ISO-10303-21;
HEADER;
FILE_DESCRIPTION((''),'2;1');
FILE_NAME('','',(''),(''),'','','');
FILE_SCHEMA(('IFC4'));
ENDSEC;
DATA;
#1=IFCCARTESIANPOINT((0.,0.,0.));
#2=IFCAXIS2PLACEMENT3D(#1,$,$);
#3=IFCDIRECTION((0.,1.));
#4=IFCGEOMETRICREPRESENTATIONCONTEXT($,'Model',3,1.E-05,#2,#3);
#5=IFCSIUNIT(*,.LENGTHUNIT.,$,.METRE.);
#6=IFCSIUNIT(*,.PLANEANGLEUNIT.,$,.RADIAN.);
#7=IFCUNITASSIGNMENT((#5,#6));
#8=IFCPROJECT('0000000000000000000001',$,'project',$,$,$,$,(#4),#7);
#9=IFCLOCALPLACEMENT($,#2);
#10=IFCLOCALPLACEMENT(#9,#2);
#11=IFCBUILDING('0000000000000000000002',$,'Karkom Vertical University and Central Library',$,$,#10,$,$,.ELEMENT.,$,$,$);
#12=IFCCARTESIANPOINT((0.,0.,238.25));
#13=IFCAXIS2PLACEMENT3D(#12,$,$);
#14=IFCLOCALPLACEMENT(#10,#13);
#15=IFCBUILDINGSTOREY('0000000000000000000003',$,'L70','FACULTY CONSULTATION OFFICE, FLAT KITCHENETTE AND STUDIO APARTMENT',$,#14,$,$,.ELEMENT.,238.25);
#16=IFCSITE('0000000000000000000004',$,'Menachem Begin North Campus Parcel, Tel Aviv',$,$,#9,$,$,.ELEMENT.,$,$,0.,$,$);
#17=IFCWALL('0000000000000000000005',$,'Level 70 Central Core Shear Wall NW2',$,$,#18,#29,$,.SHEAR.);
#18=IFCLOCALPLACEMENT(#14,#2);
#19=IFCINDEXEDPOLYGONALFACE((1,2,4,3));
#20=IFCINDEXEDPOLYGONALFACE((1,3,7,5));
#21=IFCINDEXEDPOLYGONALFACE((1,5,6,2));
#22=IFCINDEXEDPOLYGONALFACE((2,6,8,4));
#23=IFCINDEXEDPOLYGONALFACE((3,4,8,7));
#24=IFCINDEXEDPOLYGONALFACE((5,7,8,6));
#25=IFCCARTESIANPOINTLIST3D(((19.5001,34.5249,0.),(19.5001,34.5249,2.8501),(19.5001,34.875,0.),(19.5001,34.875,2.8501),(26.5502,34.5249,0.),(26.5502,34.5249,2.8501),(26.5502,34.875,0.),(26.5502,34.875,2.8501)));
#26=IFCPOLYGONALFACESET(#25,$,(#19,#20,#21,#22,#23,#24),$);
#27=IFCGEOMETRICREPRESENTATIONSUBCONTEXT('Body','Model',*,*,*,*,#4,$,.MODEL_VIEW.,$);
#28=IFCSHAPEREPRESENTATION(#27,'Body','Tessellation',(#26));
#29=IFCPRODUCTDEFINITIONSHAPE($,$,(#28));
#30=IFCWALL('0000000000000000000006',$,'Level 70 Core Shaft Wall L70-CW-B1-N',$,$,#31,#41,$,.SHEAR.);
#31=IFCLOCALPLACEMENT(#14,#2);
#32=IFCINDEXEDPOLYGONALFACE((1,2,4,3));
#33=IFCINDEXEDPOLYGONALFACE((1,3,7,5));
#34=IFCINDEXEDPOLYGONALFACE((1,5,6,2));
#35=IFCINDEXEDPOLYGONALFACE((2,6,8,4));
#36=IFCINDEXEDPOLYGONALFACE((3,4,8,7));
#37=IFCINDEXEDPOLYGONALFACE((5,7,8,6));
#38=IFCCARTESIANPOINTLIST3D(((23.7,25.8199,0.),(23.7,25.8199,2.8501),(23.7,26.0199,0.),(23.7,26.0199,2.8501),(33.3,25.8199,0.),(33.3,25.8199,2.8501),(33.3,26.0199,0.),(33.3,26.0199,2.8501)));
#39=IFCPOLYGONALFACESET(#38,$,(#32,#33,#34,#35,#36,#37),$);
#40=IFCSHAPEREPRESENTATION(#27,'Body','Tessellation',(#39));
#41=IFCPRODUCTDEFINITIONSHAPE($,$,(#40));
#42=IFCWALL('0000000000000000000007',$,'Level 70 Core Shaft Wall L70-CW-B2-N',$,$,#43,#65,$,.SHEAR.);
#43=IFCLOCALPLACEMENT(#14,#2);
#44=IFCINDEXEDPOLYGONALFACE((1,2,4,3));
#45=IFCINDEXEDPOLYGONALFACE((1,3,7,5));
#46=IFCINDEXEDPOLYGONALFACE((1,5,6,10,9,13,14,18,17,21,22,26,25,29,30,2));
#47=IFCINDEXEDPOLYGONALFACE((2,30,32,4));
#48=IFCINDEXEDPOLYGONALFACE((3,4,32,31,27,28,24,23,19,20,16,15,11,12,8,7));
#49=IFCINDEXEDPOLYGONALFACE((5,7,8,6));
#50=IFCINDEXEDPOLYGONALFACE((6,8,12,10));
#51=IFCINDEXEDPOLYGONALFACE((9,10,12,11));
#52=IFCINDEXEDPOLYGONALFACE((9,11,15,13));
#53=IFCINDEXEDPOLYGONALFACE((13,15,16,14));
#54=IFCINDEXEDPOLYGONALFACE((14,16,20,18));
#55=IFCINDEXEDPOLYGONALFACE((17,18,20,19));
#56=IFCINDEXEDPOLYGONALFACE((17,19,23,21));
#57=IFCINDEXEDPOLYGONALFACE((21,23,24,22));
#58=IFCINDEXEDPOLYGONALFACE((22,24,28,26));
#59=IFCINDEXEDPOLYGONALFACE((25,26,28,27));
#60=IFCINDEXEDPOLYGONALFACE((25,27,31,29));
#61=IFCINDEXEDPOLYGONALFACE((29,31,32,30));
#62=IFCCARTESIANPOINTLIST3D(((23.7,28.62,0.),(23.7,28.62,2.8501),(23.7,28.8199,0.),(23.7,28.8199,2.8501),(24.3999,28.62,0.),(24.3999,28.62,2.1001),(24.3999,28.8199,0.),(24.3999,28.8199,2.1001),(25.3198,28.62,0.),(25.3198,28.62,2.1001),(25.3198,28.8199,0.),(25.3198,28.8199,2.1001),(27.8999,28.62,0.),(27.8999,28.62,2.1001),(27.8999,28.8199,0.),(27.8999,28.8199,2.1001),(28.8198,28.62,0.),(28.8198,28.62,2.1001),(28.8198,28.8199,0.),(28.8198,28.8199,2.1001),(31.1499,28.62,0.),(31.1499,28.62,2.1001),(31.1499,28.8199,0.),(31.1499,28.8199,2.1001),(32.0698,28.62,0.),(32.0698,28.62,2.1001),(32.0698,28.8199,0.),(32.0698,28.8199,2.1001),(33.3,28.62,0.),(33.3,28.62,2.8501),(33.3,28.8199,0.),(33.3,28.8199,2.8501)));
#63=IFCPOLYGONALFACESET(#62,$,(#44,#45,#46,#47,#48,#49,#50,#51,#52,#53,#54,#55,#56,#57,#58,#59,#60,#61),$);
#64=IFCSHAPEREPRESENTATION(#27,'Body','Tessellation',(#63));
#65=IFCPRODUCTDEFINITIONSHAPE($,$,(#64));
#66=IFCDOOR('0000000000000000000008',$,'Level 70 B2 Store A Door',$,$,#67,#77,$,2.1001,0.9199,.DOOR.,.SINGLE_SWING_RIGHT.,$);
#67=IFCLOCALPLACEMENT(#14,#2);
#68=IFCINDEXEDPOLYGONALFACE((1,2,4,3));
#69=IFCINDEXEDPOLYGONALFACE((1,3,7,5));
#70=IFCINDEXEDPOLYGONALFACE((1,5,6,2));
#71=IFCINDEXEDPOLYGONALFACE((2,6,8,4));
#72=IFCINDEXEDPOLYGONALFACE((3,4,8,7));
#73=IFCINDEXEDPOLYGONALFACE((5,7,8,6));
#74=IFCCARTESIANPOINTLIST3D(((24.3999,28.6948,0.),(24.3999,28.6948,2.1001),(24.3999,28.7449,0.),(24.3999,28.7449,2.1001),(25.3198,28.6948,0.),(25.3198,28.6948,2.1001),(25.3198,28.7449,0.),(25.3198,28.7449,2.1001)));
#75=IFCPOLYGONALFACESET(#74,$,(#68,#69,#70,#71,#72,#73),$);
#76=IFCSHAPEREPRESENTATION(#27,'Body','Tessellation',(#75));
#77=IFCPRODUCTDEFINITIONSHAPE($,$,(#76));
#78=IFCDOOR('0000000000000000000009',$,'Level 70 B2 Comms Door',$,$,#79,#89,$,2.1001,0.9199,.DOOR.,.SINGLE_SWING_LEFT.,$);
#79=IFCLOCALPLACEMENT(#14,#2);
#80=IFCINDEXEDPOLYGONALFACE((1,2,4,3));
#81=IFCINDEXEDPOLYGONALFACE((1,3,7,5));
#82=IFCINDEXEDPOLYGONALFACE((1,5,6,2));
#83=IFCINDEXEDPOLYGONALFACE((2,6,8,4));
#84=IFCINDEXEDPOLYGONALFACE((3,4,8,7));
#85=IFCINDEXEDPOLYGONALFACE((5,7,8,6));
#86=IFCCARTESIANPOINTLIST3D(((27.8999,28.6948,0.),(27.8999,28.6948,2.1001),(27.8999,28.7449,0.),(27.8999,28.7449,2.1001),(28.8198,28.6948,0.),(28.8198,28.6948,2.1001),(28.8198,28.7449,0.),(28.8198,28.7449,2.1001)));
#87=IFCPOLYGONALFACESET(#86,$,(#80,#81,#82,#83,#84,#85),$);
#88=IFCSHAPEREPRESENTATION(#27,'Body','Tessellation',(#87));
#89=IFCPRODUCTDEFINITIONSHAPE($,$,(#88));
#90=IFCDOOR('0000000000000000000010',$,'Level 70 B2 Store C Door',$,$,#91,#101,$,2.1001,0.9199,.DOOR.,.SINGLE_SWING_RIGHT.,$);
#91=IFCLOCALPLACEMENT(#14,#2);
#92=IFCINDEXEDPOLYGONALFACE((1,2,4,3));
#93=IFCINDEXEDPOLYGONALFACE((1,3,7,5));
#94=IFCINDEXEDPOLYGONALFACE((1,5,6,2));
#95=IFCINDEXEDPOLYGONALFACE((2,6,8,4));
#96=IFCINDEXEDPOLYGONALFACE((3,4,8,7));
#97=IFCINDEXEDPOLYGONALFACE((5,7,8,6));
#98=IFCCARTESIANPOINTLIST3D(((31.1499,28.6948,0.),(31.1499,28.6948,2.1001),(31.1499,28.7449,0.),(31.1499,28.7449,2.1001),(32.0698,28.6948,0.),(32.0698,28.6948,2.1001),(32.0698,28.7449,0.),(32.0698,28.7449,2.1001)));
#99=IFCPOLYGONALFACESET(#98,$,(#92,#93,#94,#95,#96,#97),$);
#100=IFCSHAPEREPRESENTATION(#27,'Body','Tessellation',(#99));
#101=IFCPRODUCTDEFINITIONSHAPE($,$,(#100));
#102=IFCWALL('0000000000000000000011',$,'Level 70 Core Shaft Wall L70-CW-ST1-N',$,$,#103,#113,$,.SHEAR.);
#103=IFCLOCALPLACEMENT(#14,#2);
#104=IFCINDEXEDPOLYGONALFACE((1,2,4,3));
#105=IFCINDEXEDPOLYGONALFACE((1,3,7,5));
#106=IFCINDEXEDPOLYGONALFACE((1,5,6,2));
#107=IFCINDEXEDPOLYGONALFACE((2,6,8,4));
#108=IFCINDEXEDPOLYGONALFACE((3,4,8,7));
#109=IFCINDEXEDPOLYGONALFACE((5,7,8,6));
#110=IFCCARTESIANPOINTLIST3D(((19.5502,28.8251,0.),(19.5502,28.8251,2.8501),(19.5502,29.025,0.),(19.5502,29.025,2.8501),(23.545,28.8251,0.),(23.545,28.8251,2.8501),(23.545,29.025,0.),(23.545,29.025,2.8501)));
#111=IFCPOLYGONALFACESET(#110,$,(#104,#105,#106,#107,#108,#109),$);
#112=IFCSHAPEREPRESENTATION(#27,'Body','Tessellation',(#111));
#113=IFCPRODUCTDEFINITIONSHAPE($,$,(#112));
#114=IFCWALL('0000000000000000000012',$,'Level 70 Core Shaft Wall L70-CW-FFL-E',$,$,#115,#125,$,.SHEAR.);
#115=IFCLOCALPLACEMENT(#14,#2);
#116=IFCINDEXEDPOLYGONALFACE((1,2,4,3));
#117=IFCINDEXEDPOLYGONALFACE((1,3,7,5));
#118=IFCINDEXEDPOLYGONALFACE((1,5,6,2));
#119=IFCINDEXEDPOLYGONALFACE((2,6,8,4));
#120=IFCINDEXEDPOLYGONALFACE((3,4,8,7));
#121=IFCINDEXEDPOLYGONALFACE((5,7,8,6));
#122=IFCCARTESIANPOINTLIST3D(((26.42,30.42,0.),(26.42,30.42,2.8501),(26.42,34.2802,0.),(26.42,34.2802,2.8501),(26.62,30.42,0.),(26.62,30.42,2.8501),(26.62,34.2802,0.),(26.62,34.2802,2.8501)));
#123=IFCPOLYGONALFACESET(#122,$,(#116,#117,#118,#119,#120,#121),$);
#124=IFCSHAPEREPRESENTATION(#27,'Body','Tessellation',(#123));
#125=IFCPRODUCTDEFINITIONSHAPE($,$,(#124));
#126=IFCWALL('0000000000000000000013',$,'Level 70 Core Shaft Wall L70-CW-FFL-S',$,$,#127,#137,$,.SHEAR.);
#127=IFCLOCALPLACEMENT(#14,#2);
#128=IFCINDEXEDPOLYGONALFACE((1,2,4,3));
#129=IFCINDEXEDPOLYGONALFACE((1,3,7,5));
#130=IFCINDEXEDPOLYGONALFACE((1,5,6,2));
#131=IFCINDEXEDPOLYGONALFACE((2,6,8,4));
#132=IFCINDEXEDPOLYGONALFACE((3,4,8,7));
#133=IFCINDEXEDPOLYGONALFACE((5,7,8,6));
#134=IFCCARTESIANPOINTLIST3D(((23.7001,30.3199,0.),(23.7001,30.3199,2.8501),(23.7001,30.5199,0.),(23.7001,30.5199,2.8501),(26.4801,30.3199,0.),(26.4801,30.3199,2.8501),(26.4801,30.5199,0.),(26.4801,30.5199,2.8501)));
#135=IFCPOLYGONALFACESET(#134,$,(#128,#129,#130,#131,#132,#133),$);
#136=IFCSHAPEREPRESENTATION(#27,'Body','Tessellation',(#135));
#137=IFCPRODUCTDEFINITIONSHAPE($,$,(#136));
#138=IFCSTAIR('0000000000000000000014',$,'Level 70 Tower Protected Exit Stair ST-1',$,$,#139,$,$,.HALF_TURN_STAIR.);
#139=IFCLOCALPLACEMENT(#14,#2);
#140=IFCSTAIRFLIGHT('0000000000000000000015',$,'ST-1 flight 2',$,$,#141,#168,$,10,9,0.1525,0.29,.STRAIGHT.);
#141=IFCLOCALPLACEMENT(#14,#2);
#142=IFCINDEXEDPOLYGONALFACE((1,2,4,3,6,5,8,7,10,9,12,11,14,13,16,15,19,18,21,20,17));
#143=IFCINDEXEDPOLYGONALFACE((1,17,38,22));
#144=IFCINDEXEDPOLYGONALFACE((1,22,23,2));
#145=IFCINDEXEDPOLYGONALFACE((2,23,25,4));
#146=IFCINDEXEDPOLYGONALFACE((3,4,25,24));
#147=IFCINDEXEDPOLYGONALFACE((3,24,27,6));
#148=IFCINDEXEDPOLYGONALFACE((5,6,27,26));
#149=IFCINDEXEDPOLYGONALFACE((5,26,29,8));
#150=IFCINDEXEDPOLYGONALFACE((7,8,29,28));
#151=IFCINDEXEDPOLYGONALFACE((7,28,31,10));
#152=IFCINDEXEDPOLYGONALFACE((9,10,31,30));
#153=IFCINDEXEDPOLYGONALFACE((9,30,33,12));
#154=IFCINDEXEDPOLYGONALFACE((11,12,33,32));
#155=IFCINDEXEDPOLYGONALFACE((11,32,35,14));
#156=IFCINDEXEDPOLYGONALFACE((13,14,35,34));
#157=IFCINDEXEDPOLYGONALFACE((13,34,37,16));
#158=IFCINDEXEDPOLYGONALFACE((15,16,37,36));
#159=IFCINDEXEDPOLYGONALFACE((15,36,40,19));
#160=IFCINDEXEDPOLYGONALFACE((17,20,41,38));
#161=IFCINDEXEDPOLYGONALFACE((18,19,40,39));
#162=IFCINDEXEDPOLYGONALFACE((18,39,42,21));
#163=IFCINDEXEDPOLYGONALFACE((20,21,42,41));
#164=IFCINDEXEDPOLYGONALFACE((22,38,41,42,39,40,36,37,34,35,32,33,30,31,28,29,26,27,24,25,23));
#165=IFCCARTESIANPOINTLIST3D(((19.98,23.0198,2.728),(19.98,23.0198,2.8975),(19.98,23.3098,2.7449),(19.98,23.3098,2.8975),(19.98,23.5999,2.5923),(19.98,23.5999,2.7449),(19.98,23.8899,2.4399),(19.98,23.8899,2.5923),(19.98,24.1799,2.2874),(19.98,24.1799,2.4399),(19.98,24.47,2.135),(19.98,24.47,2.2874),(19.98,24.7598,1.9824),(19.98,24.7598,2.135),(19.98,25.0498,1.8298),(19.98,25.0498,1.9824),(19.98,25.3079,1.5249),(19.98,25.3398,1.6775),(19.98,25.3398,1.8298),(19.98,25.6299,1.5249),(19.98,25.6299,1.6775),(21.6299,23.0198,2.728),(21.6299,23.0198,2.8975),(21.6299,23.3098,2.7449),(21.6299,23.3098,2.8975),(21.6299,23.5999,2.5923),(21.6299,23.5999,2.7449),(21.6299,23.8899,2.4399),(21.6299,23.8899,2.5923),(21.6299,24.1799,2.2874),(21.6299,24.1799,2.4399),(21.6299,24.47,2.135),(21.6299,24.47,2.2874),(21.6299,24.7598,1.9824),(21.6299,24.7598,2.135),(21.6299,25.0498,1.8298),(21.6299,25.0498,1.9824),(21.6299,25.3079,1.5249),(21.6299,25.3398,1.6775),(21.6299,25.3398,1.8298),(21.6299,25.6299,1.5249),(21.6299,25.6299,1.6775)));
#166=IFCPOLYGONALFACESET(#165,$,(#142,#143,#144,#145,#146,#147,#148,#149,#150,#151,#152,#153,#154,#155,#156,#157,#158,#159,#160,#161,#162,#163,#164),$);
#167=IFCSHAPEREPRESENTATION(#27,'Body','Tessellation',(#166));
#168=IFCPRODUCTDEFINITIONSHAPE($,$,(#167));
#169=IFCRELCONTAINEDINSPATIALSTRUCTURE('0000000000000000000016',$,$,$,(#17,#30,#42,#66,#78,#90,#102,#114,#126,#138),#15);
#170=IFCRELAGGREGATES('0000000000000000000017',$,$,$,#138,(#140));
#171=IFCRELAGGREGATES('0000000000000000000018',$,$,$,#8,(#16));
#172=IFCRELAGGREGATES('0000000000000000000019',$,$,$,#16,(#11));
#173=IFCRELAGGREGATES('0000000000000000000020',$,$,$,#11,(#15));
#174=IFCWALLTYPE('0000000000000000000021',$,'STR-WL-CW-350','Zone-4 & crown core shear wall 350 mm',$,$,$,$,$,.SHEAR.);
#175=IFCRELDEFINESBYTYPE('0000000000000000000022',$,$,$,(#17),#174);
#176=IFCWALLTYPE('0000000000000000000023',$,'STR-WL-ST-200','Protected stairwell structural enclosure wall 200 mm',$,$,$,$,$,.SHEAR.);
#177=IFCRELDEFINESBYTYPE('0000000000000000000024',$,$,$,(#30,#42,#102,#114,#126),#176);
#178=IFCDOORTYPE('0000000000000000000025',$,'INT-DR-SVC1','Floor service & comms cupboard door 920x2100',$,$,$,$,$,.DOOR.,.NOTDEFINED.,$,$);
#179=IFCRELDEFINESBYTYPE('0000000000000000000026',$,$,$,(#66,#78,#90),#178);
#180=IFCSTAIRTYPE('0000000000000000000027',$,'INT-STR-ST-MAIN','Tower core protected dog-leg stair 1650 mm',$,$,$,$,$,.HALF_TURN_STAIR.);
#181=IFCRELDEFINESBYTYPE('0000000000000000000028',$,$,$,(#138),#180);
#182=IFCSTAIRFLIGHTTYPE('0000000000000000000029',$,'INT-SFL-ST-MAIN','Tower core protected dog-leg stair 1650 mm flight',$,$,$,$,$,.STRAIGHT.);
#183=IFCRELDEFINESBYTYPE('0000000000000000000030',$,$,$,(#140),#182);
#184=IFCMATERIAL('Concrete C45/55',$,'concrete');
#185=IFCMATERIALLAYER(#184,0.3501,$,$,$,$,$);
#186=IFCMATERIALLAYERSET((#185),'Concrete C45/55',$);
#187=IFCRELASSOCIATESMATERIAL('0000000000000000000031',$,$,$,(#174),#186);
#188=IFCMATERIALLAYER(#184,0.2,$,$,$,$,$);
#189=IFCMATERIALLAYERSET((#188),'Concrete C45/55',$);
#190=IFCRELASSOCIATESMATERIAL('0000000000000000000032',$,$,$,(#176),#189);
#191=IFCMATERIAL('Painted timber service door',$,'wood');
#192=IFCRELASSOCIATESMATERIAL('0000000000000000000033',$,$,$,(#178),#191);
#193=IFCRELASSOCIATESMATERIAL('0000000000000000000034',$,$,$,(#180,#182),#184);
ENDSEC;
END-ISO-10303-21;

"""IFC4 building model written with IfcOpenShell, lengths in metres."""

from ifc_helpers import new_model, si_unit, direction, frame, frame_2d, origin, origin_with_axes, place, context, subcontext, project, spatial, polyline, rectangle, outline, extrude, source, transform, mapped, material, layer, layer_set, type_object, element, fill, aggregate, save


model = new_model("IFC4")

# Units and contexts
model_context = context("Model", 3, precision=1e-05, world=origin(), true_north=direction((0.0, 1.0)))
body_context = subcontext(model_context, "Body", "Model", "MODEL_VIEW")
ifc_project = project(units=[si_unit("LENGTHUNIT", "METRE"), si_unit("PLANEANGLEUNIT", "RADIAN")], contexts=[model_context])

# Site, building, storey
site_placement = place(None, origin())
site = spatial("IfcSite", under=ifc_project, at=site_placement, Name="Menachem Begin North Campus Parcel, Tel Aviv", CompositionType="ELEMENT", RefElevation=0.0)
building_placement = place(site_placement, origin())
building = spatial("IfcBuilding", under=site, at=building_placement, Name="Karkom Vertical University and Central Library", CompositionType="ELEMENT")
storey_placement = place(building_placement, frame((0.0, 0.0, 238.25)))
storey = spatial("IfcBuildingStorey", under=building, at=storey_placement, Name="L70", Description="FACULTY CONSULTATION OFFICE, FLAT KITCHENETTE AND STUDIO APARTMENT", CompositionType="ELEMENT", Elevation=238.25)

# Shared definitions
ifc_material_1 = material(Name="Concrete C45/55", Category="concrete")

# Walls
ifc_layer_1 = layer(ifc_material_1, 0.3501)
ifc_layer_set_1 = layer_set([ifc_layer_1], Name="Concrete C45/55")
wall_type_1 = type_object("IfcWallType", Name="STR-WL-CW-350", Description="Zone-4 & crown core shear wall 350 mm", PredefinedType="SHEAR", material=ifc_layer_set_1)
wall_1_placement = place(storey_placement, frame((26.55, 34.7, 0.0), z_axis=(0.0, 0.0, 1.0), x_axis=(-1.0, 0.0, 0.0)))
element("IfcWall", 1, at=wall_1_placement, inside=storey, type_object=wall_type_1, Name="Level 70 Central Core Shear Wall NW2", PredefinedType="SHEAR", context=body_context, shape_type="SweptSolid", body=[
    extrude(rectangle(XDim=7.05, YDim=0.3501, at=frame_2d((3.5249, 0.0))), origin(), (0.0, 0.0, 1.0), 2.8501),
])
ifc_layer_2 = layer(ifc_material_1, 0.2)
ifc_layer_set_2 = layer_set([ifc_layer_2], Name="Concrete C45/55")
wall_type_2 = type_object("IfcWallType", Name="STR-WL-ST-200", Description="Protected stairwell structural enclosure wall 200 mm", PredefinedType="SHEAR", material=ifc_layer_set_2)
wall_2_placement = place(storey_placement, frame((23.7, 25.9199, 0.0), z_axis=(0.0, 0.0, 1.0), x_axis=(1.0, 0.0, 0.0)))
element("IfcWall", 2, at=wall_2_placement, inside=storey, type_object=wall_type_2, Name="Level 70 Core Shaft Wall L70-CW-B1-N", PredefinedType="SHEAR", context=body_context, shape_type="SweptSolid", body=[
    extrude(rectangle(XDim=9.6001, YDim=0.2, at=frame_2d((4.8, 0.0))), origin(), (0.0, 0.0, 1.0), 2.8501),
])

# Wall, openings, doors
wall_3_placement = place(storey_placement, frame((23.7, 28.72, 0.0), z_axis=(0.0, 0.0, 1.0), x_axis=(1.0, 0.0, 0.0)))
wall_3 = element("IfcWall", 3, at=wall_3_placement, inside=storey, type_object=wall_type_2, Name="Level 70 Core Shaft Wall L70-CW-B2-N", PredefinedType="SHEAR", context=body_context, shape_type="SweptSolid", body=[
    extrude(rectangle(XDim=9.6001, YDim=0.2, at=frame_2d((4.8, 0.0))), origin(), (0.0, 0.0, 1.0), 2.8501),
])
opening_1_placement = place(wall_3_placement, frame((0.7, 0.0, 0.0)))
opening_1 = element("IfcOpeningElement", 4, at=opening_1_placement, cuts=wall_3, PredefinedType="OPENING", context=body_context, shape_type="SweptSolid", body=[
    extrude(rectangle(XDim=0.9199, YDim=2.1001, at=frame_2d((0.46, 1.05))), frame((0.0, 0.1099, 0.0), z_axis=(0.0, -1.0, 0.0), x_axis=(1.0, 0.0, 0.0)), (0.0, 0.0, 1.0), 0.22),
])
opening_2_placement = place(wall_3_placement, frame((4.2, 0.0, 0.0)))
opening_2 = element("IfcOpeningElement", 5, at=opening_2_placement, cuts=wall_3, PredefinedType="OPENING", context=body_context, shape_type="SweptSolid", body=[
    extrude(rectangle(XDim=0.9199, YDim=2.1001, at=frame_2d((0.46, 1.05))), frame((0.0, 0.1099, 0.0), z_axis=(0.0, -1.0, 0.0), x_axis=(1.0, 0.0, 0.0)), (0.0, 0.0, 1.0), 0.22),
])
opening_3_placement = place(wall_3_placement, frame((7.45, 0.0, 0.0)))
opening_3 = element("IfcOpeningElement", 6, at=opening_3_placement, cuts=wall_3, PredefinedType="OPENING", context=body_context, shape_type="SweptSolid", body=[
    extrude(rectangle(XDim=0.9199, YDim=2.1001, at=frame_2d((0.46, 1.05))), frame((0.0, 0.1099, 0.0), z_axis=(0.0, -1.0, 0.0), x_axis=(1.0, 0.0, 0.0)), (0.0, 0.0, 1.0), 0.22),
])
ifc_material_2 = material(Name="Painted timber service door", Category="wood")
door_type = type_object("IfcDoorType", Name="INT-DR-SVC1", Description="Floor service & comms cupboard door 920x2100", OperationType="NOTDEFINED", PredefinedType="DOOR", material=ifc_material_2)
shared_shape_1 = source(origin_with_axes(), body_context, "Body", "SweptSolid", [
    extrude(rectangle(XDim=0.9199, YDim=2.1001, at=frame_2d((0.46, 1.05))), frame((0.0, 0.0249, 0.0), z_axis=(0.0, -1.0, 0.0), x_axis=(1.0, 0.0, 0.0)), (0.0, 0.0, 1.0), 0.05),
])
door_1_placement = place(opening_1_placement, origin())
door_1 = element("IfcDoor", 7, at=door_1_placement, inside=storey, type_object=door_type, Name="Level 70 B2 Store A Door", OperationType="SINGLE_SWING_RIGHT", OverallHeight=2.1001, OverallWidth=0.9199, PredefinedType="DOOR", context=body_context, shape_type="MappedRepresentation", body=[
    mapped(shared_shape_1, transform((0.0, 0.0, 0.0), scale=1.0)),
])
fill(opening_1, door_1)
door_2_placement = place(opening_2_placement, origin())
door_2 = element("IfcDoor", 8, at=door_2_placement, inside=storey, type_object=door_type, Name="Level 70 B2 Comms Door", OperationType="SINGLE_SWING_LEFT", OverallHeight=2.1001, OverallWidth=0.9199, PredefinedType="DOOR", context=body_context, shape_type="MappedRepresentation", body=[
    mapped(shared_shape_1, transform((0.0, 0.0, 0.0), scale=1.0)),
])
fill(opening_2, door_2)
door_3_placement = place(opening_3_placement, origin())
door_3 = element("IfcDoor", 9, at=door_3_placement, inside=storey, type_object=door_type, Name="Level 70 B2 Store C Door", OperationType="SINGLE_SWING_RIGHT", OverallHeight=2.1001, OverallWidth=0.9199, PredefinedType="DOOR", context=body_context, shape_type="MappedRepresentation", body=[
    mapped(shared_shape_1, transform((0.0, 0.0, 0.0), scale=1.0)),
])
fill(opening_3, door_3)

# Walls
wall_4_placement = place(storey_placement, frame((19.55, 28.925, 0.0), z_axis=(0.0, 0.0, 1.0), x_axis=(1.0, 0.0, 0.0)))
element("IfcWall", 10, at=wall_4_placement, inside=storey, type_object=wall_type_2, Name="Level 70 Core Shaft Wall L70-CW-ST1-N", PredefinedType="SHEAR", context=body_context, shape_type="SweptSolid", body=[
    extrude(rectangle(XDim=3.9949, YDim=0.2, at=frame_2d((1.9976, 0.0))), origin(), (0.0, 0.0, 1.0), 2.8501),
])
wall_5_placement = place(storey_placement, frame((26.52, 30.4199, 0.0), z_axis=(0.0, 0.0, 1.0), x_axis=(0.0, 1.0, 0.0)))
element("IfcWall", 11, at=wall_5_placement, inside=storey, type_object=wall_type_2, Name="Level 70 Core Shaft Wall L70-CW-FFL-E", PredefinedType="SHEAR", context=body_context, shape_type="SweptSolid", body=[
    extrude(rectangle(XDim=3.8601, YDim=0.2, at=frame_2d((1.9302, 0.0))), origin(), (0.0, 0.0, 1.0), 2.8501),
])
wall_6_placement = place(storey_placement, frame((23.7, 30.4199, 0.0), z_axis=(0.0, 0.0, 1.0), x_axis=(1.0, 0.0, 0.0)))
element("IfcWall", 12, at=wall_6_placement, inside=storey, type_object=wall_type_2, Name="Level 70 Core Shaft Wall L70-CW-FFL-S", PredefinedType="SHEAR", context=body_context, shape_type="SweptSolid", body=[
    extrude(rectangle(XDim=2.78, YDim=0.2, at=frame_2d((1.3901, 0.0))), origin(), (0.0, 0.0, 1.0), 2.8501),
])

# Stair, stair flight
stair_type = type_object("IfcStairType", Name="INT-STR-ST-MAIN", Description="Tower core protected dog-leg stair 1650 mm", PredefinedType="HALF_TURN_STAIR", material=ifc_material_1)
stair_placement = place(storey_placement, origin())
stair = element("IfcStair", 13, at=stair_placement, inside=storey, type_object=stair_type, Name="Level 70 Tower Protected Exit Stair ST-1", PredefinedType="HALF_TURN_STAIR")
stair_flight_type = type_object("IfcStairFlightType", Name="INT-SFL-ST-MAIN", Description="Tower core protected dog-leg stair 1650 mm flight", PredefinedType="STRAIGHT", material=ifc_material_1)
stair_flight_placement = place(storey_placement, frame((20.8049, 25.6299, 1.5249), z_axis=(0.0, 0.0, 1.0), x_axis=(0.0, -1.0, 0.0)))
stair_flight = element("IfcStairFlight", 14, at=stair_flight_placement, type_object=stair_flight_type, Name="ST-1 flight 2", NumberOfRisers=10, NumberOfTreads=9, PredefinedType="STRAIGHT", RiserHeight=0.1525, TreadLength=0.29, context=body_context, shape_type="SweptSolid", body=[
    extrude(outline(polyline([(0.0, 0.0), (0.0, 0.1526), (0.29, 0.1526), (0.29, 0.3049), (0.5801, 0.3049), (0.5801, 0.4575), (0.8701, 0.4575), (0.8701, 0.6101), (1.1599, 0.6101), (1.1599, 0.7625), (1.45, 0.7625), (1.45, 0.915), (1.74, 0.915), (1.74, 1.0674), (2.03, 1.0674), (2.03, 1.22), (2.3201, 1.22), (2.3201, 1.3726), (2.6101, 1.3726), (2.6101, 1.5249), (2.6101, 1.2031), (0.322, 0.0), (0.0, 0.0)])), frame((0.0, 0.825, 0.0), z_axis=(0.0, -1.0, 0.0), x_axis=(1.0, 0.0, 0.0)), (0.0, 0.0, 1.0), 1.6499),
])
aggregate(stair, [stair_flight])

save(model, "model.ifc")
